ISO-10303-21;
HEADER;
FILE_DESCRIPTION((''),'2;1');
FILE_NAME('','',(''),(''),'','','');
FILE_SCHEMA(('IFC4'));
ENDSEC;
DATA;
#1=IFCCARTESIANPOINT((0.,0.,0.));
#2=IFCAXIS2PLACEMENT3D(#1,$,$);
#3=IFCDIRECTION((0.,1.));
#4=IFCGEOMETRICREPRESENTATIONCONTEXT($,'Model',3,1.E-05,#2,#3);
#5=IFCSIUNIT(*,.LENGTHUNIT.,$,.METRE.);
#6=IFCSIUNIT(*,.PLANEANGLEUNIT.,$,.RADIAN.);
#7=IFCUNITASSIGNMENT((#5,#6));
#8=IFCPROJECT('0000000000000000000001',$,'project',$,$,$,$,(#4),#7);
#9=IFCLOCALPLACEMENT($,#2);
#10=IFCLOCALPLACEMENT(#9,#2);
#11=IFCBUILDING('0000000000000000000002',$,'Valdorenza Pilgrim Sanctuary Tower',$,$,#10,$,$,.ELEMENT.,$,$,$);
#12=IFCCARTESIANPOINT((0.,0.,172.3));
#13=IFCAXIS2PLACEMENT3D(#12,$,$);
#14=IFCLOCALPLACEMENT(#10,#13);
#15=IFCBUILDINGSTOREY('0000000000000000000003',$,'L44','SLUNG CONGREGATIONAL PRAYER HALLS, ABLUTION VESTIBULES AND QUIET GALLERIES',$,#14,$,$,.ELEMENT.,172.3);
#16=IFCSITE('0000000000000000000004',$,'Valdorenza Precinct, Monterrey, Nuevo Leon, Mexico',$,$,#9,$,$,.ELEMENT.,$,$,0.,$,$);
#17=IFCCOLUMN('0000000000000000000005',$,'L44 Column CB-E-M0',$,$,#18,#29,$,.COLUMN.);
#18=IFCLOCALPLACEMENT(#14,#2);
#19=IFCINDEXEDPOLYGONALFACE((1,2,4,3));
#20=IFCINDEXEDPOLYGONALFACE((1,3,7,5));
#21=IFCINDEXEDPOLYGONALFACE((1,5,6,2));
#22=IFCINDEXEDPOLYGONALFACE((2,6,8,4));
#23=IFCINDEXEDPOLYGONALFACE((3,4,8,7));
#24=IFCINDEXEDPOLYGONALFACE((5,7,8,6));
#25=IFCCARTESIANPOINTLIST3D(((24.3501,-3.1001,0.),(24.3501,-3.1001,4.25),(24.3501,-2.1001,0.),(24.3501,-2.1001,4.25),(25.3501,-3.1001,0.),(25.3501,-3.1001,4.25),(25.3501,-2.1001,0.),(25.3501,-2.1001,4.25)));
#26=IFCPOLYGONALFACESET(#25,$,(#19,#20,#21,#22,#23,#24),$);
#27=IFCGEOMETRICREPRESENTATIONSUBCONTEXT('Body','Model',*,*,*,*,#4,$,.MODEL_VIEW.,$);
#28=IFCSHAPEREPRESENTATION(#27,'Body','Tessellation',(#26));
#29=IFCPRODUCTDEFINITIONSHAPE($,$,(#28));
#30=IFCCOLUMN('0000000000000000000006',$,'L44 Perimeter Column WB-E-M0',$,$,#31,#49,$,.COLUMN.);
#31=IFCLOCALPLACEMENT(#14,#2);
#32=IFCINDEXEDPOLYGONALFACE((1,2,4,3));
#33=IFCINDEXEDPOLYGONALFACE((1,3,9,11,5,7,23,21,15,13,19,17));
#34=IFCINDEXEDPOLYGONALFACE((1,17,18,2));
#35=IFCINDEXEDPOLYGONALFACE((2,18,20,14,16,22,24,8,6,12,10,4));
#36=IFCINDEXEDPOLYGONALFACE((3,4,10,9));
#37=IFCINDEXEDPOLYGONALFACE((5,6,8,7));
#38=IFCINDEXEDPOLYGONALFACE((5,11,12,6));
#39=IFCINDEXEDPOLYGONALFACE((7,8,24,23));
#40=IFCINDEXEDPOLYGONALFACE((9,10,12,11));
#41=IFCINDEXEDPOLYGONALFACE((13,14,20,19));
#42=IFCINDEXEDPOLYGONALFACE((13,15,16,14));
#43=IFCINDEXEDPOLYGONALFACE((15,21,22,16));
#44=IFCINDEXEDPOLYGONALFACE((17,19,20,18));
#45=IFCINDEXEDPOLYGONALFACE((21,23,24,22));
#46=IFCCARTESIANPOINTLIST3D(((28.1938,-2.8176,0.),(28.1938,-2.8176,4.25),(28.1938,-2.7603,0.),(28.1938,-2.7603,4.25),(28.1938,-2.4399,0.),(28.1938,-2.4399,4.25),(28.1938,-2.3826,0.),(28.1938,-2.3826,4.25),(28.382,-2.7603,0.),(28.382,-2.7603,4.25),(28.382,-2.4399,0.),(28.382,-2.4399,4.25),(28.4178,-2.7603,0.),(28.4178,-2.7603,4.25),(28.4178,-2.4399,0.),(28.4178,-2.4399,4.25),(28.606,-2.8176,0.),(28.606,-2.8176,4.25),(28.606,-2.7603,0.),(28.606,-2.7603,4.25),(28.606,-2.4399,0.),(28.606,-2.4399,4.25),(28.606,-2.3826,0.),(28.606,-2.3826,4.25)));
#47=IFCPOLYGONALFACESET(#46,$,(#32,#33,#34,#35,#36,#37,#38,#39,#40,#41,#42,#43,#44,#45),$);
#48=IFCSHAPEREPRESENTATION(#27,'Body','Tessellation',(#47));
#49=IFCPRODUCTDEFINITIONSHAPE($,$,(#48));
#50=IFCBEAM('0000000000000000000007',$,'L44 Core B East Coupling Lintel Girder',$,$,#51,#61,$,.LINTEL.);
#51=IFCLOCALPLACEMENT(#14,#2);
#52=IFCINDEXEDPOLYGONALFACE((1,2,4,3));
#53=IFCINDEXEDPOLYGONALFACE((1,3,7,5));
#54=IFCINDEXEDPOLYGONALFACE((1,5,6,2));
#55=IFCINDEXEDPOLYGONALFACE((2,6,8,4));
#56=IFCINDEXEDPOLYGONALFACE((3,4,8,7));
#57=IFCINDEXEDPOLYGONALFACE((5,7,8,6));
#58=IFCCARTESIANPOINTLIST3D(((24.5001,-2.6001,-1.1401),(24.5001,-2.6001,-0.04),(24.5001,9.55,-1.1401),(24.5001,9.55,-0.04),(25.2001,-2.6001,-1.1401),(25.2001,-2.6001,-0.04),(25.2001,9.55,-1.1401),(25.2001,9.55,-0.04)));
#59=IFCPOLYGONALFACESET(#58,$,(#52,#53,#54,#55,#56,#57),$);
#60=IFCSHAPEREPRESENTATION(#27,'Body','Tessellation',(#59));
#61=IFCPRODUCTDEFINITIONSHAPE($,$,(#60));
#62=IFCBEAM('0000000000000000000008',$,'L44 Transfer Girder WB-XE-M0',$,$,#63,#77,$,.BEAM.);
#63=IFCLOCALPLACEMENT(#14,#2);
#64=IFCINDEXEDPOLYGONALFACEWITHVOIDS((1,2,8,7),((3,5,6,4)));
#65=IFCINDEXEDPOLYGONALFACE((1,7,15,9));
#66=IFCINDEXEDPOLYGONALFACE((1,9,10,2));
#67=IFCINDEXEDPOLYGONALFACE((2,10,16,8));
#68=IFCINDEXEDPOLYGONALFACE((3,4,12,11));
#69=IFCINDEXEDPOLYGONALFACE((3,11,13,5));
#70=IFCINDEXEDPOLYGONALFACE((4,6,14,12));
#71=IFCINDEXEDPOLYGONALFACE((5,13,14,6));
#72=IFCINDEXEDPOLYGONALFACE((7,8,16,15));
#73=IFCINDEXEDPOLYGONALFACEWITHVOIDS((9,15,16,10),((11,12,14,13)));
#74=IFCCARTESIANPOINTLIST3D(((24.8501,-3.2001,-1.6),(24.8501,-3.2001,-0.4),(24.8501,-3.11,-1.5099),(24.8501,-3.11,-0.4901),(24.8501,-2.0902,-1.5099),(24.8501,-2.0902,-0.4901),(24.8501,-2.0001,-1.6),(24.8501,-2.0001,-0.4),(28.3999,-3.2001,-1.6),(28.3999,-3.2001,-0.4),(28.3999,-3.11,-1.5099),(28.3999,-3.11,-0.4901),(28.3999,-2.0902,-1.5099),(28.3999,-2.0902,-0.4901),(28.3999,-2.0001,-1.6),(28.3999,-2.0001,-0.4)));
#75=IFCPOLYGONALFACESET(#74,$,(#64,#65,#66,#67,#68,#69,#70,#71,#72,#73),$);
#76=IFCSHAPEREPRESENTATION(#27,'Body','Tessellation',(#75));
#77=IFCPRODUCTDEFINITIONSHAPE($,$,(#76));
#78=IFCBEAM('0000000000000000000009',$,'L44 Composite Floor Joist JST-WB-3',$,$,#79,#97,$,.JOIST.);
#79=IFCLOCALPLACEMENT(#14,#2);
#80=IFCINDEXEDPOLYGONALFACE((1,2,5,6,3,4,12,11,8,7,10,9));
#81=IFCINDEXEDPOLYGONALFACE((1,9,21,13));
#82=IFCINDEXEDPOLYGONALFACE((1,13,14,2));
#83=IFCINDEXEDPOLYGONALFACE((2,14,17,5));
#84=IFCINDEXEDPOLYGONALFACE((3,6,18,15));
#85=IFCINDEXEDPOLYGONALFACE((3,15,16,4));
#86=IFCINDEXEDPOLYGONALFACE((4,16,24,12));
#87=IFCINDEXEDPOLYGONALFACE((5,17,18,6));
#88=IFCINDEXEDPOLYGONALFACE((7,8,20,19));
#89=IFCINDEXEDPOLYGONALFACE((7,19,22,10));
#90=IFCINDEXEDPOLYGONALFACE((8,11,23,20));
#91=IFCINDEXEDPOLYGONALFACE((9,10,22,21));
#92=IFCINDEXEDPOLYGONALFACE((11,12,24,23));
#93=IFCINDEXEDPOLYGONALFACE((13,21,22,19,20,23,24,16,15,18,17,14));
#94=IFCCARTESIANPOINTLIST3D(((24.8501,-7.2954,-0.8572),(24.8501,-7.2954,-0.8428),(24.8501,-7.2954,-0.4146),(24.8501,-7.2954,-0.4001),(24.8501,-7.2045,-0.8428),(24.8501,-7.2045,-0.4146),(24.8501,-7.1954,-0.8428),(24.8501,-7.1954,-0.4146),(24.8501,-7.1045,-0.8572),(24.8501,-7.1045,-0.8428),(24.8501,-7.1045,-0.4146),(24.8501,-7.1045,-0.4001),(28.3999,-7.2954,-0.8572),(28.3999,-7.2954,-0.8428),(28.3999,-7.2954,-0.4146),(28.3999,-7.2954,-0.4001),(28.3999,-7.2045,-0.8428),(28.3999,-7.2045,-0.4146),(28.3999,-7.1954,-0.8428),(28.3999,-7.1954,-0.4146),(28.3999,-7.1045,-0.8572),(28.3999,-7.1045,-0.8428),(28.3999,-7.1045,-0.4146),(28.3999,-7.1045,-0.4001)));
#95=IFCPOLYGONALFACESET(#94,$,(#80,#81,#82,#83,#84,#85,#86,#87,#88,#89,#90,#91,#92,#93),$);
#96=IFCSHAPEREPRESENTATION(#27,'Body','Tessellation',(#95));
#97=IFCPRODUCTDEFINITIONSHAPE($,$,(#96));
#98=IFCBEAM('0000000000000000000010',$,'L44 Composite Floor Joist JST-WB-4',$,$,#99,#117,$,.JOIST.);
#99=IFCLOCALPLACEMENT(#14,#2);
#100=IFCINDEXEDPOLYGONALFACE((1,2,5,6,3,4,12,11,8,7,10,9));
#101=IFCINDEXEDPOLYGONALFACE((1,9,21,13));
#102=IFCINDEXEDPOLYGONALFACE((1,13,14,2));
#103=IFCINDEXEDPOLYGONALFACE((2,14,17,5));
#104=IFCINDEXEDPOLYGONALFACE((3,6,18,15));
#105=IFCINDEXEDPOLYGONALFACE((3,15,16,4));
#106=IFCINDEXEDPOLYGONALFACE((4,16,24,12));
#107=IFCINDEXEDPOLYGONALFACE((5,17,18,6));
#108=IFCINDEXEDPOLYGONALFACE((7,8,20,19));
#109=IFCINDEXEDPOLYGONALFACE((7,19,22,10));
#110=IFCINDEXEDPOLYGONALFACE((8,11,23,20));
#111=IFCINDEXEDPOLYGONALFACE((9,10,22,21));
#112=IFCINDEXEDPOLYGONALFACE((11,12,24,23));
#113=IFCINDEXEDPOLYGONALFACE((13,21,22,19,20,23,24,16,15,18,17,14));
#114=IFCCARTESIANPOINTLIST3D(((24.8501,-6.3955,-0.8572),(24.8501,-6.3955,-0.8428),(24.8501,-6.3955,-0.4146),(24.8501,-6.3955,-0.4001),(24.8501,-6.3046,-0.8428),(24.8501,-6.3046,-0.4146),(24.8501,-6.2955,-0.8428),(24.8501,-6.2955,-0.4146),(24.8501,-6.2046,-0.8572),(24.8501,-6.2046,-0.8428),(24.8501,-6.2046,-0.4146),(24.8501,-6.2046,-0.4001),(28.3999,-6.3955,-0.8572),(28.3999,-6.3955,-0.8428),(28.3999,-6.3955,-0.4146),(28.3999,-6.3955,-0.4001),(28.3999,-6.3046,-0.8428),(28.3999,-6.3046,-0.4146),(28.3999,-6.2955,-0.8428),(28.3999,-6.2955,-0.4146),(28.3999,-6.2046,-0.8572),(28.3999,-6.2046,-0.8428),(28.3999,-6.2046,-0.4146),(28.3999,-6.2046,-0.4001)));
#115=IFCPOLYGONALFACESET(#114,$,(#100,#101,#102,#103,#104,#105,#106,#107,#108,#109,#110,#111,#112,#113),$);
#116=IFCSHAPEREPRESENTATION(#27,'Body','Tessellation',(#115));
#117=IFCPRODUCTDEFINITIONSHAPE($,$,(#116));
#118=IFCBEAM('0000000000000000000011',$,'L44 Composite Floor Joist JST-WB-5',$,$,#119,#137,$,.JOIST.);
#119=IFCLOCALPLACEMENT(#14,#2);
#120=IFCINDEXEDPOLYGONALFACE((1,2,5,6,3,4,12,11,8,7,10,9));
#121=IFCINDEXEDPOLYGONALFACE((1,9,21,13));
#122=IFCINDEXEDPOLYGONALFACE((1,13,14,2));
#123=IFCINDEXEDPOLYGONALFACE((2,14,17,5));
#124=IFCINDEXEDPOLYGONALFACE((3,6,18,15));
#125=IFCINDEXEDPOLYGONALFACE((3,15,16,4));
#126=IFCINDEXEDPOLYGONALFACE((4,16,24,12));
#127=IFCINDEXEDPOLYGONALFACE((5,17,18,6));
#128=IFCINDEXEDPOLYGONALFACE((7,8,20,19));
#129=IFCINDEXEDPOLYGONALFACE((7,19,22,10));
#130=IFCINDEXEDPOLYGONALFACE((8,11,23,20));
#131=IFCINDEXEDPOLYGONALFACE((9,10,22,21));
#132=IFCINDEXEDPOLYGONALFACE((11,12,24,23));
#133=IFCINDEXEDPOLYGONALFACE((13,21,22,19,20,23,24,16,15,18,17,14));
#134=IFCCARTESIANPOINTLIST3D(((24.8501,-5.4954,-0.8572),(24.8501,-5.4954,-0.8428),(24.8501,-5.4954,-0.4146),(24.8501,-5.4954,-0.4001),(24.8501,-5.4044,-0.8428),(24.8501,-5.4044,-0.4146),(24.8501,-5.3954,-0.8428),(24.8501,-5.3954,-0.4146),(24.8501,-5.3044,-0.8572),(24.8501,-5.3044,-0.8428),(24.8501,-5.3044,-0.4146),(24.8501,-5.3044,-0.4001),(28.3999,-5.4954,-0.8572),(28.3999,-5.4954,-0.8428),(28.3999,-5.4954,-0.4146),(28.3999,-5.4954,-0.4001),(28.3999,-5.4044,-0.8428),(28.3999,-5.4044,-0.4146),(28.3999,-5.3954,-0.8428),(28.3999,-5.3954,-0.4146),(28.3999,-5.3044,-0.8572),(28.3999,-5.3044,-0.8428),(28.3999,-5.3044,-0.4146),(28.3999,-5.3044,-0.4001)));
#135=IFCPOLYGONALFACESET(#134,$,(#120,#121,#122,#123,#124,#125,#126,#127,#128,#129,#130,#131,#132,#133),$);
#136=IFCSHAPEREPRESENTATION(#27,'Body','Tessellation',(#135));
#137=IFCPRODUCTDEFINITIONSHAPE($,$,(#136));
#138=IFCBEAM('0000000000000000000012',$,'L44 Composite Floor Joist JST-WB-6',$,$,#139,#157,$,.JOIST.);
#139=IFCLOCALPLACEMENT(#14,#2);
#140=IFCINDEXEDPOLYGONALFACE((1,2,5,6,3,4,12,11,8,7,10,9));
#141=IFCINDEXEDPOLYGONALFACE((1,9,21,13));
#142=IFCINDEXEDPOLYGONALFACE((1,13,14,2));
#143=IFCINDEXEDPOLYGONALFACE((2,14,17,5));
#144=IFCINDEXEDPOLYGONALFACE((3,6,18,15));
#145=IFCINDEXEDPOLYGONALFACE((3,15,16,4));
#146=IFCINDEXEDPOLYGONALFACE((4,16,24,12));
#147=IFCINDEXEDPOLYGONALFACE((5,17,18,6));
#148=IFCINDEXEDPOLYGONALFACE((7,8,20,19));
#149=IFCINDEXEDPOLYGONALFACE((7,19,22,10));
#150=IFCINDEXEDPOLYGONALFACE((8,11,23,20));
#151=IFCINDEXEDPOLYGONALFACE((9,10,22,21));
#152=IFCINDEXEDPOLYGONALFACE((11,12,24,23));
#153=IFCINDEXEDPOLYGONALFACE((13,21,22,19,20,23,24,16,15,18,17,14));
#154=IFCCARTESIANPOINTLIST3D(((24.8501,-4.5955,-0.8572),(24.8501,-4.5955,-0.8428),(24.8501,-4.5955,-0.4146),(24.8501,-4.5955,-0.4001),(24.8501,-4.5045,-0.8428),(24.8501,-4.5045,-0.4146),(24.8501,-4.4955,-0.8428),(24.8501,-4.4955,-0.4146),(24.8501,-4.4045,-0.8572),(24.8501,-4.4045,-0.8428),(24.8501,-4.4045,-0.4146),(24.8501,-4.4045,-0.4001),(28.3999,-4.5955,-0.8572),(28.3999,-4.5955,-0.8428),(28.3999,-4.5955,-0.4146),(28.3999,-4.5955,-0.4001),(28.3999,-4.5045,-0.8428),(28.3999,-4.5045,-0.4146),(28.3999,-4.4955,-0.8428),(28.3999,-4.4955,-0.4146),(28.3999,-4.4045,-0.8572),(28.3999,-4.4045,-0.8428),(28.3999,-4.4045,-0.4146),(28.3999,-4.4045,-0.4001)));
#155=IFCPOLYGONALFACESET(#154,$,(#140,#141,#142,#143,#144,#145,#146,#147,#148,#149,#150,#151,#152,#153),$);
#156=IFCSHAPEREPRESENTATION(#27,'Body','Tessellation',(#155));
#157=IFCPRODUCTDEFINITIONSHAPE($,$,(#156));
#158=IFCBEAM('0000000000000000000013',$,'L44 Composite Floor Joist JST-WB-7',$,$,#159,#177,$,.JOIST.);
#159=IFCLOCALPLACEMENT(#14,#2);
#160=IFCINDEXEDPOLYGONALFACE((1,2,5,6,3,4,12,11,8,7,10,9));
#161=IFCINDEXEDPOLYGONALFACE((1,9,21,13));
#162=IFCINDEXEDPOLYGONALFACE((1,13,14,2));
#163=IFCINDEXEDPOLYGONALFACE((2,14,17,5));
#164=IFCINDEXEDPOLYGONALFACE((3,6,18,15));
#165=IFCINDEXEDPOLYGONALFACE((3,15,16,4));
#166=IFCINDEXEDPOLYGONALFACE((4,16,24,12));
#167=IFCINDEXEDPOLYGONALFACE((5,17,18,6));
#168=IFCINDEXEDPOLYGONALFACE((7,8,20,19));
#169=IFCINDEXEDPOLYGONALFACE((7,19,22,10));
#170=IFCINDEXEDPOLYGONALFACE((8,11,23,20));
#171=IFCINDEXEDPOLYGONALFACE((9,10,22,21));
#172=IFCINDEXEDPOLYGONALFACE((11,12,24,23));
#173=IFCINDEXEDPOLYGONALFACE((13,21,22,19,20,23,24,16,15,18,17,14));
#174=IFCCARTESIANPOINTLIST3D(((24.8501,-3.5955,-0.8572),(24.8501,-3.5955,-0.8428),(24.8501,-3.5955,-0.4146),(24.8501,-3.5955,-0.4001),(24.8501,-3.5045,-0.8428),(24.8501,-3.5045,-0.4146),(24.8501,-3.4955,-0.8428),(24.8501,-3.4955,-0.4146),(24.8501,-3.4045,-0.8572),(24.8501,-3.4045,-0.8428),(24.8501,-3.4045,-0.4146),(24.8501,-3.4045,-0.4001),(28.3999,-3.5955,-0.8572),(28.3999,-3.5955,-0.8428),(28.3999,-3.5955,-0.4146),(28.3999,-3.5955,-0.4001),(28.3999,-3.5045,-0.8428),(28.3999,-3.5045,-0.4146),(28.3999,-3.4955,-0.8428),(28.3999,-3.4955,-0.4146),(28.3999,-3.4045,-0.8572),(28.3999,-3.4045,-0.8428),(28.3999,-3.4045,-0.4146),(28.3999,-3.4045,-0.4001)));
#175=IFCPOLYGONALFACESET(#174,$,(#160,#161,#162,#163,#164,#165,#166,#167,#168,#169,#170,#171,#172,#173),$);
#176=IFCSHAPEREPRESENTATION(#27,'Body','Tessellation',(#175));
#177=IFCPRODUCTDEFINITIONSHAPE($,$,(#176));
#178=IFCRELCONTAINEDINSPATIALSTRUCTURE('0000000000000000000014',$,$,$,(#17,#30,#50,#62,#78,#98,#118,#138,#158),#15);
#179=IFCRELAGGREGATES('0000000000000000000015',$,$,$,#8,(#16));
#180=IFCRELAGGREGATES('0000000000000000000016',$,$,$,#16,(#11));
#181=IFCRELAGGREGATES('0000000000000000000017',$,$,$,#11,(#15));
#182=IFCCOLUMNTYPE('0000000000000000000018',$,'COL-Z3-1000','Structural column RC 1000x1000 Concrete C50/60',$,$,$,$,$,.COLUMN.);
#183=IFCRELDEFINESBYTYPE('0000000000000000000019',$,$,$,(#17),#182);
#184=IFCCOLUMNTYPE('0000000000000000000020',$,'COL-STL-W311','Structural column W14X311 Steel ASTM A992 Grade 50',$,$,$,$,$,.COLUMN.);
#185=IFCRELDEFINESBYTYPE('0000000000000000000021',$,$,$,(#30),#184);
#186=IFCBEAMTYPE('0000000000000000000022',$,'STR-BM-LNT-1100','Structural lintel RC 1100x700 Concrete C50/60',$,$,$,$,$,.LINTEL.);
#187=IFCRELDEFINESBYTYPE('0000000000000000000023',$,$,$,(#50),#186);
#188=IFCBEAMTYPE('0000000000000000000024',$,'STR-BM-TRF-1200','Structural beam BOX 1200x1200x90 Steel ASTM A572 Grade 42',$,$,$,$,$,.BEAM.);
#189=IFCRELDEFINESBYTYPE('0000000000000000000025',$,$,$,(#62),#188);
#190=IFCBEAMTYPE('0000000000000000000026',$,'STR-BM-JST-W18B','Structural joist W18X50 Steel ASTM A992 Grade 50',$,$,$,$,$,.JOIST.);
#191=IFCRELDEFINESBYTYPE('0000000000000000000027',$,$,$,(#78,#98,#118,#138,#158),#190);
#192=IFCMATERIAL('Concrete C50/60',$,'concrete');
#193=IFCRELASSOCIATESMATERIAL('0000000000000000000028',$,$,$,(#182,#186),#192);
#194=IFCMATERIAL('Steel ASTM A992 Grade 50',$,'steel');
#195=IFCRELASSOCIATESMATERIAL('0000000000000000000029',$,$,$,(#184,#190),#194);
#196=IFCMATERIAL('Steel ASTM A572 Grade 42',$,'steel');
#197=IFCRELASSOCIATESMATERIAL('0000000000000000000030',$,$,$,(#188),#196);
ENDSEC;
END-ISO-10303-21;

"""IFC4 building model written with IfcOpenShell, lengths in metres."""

from ifc_helpers import new_model, si_unit, direction, frame, origin, origin_2d, place, context, subcontext, project, spatial, rectangle, hollow_rectangle, i_section, extrude, source, transform, mapped, material, material_profile, profile_set, type_object, element, save


model = new_model("IFC4")

# Units and contexts
model_context = context("Model", 3, precision=1e-05, world=origin(), true_north=direction((0.0, 1.0)))
body_context = subcontext(model_context, "Body", "Model", "MODEL_VIEW")
ifc_project = project(units=[si_unit("LENGTHUNIT", "METRE"), si_unit("PLANEANGLEUNIT", "RADIAN")], contexts=[model_context])

# Site, building, storey
site_placement = place(None, origin())
site = spatial("IfcSite", under=ifc_project, at=site_placement, Name="Valdorenza Precinct, Monterrey, Nuevo Leon, Mexico", CompositionType="ELEMENT", RefElevation=0.0)
building_placement = place(site_placement, origin())
building = spatial("IfcBuilding", under=site, at=building_placement, Name="Valdorenza Pilgrim Sanctuary Tower", CompositionType="ELEMENT")
storey_placement = place(building_placement, frame((0.0, 0.0, 172.3)))
storey = spatial("IfcBuildingStorey", under=building, at=storey_placement, Name="L44", Description="SLUNG CONGREGATIONAL PRAYER HALLS, ABLUTION VESTIBULES AND QUIET GALLERIES", CompositionType="ELEMENT", Elevation=172.3)

# Columns
ifc_material_1 = material(Name="Concrete C50/60", Category="concrete")
ifc_material_profile_1 = material_profile(ifc_material_1, rectangle(XDim=1.0, YDim=1.0, at=origin_2d()), Name="RC 1000x1000")
ifc_profile_set_1 = profile_set([ifc_material_profile_1], Name="Concrete C50/60")
column_type_1 = type_object("IfcColumnType", Name="COL-Z3-1000", Description="Structural column RC 1000x1000 Concrete C50/60", PredefinedType="COLUMN", material=ifc_profile_set_1)
shared_shape_1 = source(origin(), body_context, "Body", "SweptSolid", [
    extrude(rectangle(XDim=1.0, YDim=1.0, at=origin_2d()), origin(), (0.0, 0.0, 1.0), 4.25),
])
column_1_placement = place(storey_placement, frame((24.8501, -2.6001, 0.0), z_axis=(0.0, 0.0, 1.0), x_axis=(1.0, 0.0, 0.0)))
element("IfcColumn", 1, at=column_1_placement, inside=storey, type_object=column_type_1, Name="L44 Column CB-E-M0", PredefinedType="COLUMN", context=body_context, shape_type="MappedRepresentation", body=[
    mapped(shared_shape_1, transform((0.0, 0.0, 0.0), x_axis=(1.0, 0.0, 0.0), y_axis=(0.0, 1.0, 0.0), z_axis=(0.0, 0.0, 1.0), scale=1.0)),
])
ifc_material_2 = material(Name="Steel ASTM A992 Grade 50", Category="steel")
ifc_material_profile_2 = material_profile(ifc_material_2, i_section(OverallWidth=0.4121, OverallDepth=0.4351, WebThickness=0.0359, FlangeThickness=0.0574, at=origin_2d()), Name="W14X311")
ifc_profile_set_2 = profile_set([ifc_material_profile_2], Name="Steel ASTM A992 Grade 50")
column_type_2 = type_object("IfcColumnType", Name="COL-STL-W311", Description="Structural column W14X311 Steel ASTM A992 Grade 50", PredefinedType="COLUMN", material=ifc_profile_set_2)
shared_shape_2 = source(origin(), body_context, "Body", "SweptSolid", [
    extrude(i_section(OverallWidth=0.4121, OverallDepth=0.4351, WebThickness=0.0359, FlangeThickness=0.0574, at=origin_2d()), origin(), (0.0, 0.0, 1.0), 4.25),
])
column_2_placement = place(storey_placement, frame((28.3999, -2.6001, 0.0), z_axis=(0.0, 0.0, 1.0), x_axis=(1.0, 0.0, 0.0)))
element("IfcColumn", 2, at=column_2_placement, inside=storey, type_object=column_type_2, Name="L44 Perimeter Column WB-E-M0", PredefinedType="COLUMN", context=body_context, shape_type="MappedRepresentation", body=[
    mapped(shared_shape_2, transform((0.0, 0.0, 0.0), x_axis=(1.0, 0.0, 0.0), y_axis=(0.0, 1.0, 0.0), z_axis=(0.0, 0.0, 1.0), scale=1.0)),
])

# Beams
ifc_material_profile_3 = material_profile(ifc_material_1, rectangle(XDim=0.7, YDim=1.1001, at=origin_2d()), Name="RC 1100x700")
ifc_profile_set_3 = profile_set([ifc_material_profile_3], Name="Concrete C50/60")
beam_type_1 = type_object("IfcBeamType", Name="STR-BM-LNT-1100", Description="Structural lintel RC 1100x700 Concrete C50/60", PredefinedType="LINTEL", material=ifc_profile_set_3)
shared_shape_3 = source(origin(), body_context, "Body", "SweptSolid", [
    extrude(rectangle(XDim=0.7, YDim=1.1001, at=origin_2d()), origin(), (0.0, 0.0, 1.0), 12.1501),
])
beam_1_placement = place(storey_placement, frame((24.8501, -2.6001, -0.5901), z_axis=(0.0, 1.0, 0.0), x_axis=(-1.0, 0.0, 0.0)))
element("IfcBeam", 3, at=beam_1_placement, inside=storey, type_object=beam_type_1, Name="L44 Core B East Coupling Lintel Girder", PredefinedType="LINTEL", context=body_context, shape_type="MappedRepresentation", body=[
    mapped(shared_shape_3, transform((0.0, 0.0, 0.0), x_axis=(1.0, 0.0, 0.0), y_axis=(0.0, 1.0, 0.0), z_axis=(0.0, 0.0, 1.0), scale=1.0)),
])
ifc_material_3 = material(Name="Steel ASTM A572 Grade 42", Category="steel")
ifc_material_profile_4 = material_profile(ifc_material_3, hollow_rectangle(XDim=1.2, YDim=1.2, WallThickness=0.0901, at=origin_2d()), Name="BOX 1200x1200x90")
ifc_profile_set_4 = profile_set([ifc_material_profile_4], Name="Steel ASTM A572 Grade 42")
beam_type_2 = type_object("IfcBeamType", Name="STR-BM-TRF-1200", Description="Structural beam BOX 1200x1200x90 Steel ASTM A572 Grade 42", PredefinedType="BEAM", material=ifc_profile_set_4)
shared_shape_4 = source(origin(), body_context, "Body", "SweptSolid", [
    extrude(hollow_rectangle(XDim=1.2, YDim=1.2, WallThickness=0.0901, at=origin_2d()), origin(), (0.0, 0.0, 1.0), 3.5498),
])
beam_2_placement = place(storey_placement, frame((24.8501, -2.6001, -1.0), z_axis=(1.0, 0.0, 0.0), x_axis=(0.0, 1.0, 0.0)))
element("IfcBeam", 4, at=beam_2_placement, inside=storey, type_object=beam_type_2, Name="L44 Transfer Girder WB-XE-M0", PredefinedType="BEAM", context=body_context, shape_type="MappedRepresentation", body=[
    mapped(shared_shape_4, transform((0.0, 0.0, 0.0), x_axis=(1.0, 0.0, 0.0), y_axis=(0.0, 1.0, 0.0), z_axis=(0.0, 0.0, 1.0), scale=1.0)),
])
ifc_material_profile_5 = material_profile(ifc_material_2, i_section(OverallWidth=0.1909, OverallDepth=0.457, WebThickness=0.009, FlangeThickness=0.0144, at=origin_2d()), Name="W18X50")
ifc_profile_set_5 = profile_set([ifc_material_profile_5], Name="Steel ASTM A992 Grade 50")
beam_type_3 = type_object("IfcBeamType", Name="STR-BM-JST-W18B", Description="Structural joist W18X50 Steel ASTM A992 Grade 50", PredefinedType="JOIST", material=ifc_profile_set_5)
shared_shape_5 = source(origin(), body_context, "Body", "SweptSolid", [
    extrude(i_section(OverallWidth=0.1909, OverallDepth=0.457, WebThickness=0.009, FlangeThickness=0.0144, at=origin_2d()), origin(), (0.0, 0.0, 1.0), 3.5498),
])
for number, where, z_axis, x_axis, name in (
    (5, (24.8501, -7.2, -0.6287), (1.0, 0.0, 0.0), (0.0, 1.0, 0.0), "L44 Composite Floor Joist JST-WB-3"),
    (6, (24.8501, -6.3, -0.6287), (1.0, 0.0, 0.0), (0.0, 1.0, 0.0), "L44 Composite Floor Joist JST-WB-4"),
    (7, (24.8501, -5.3999, -0.6287), (1.0, 0.0, 0.0), (0.0, 1.0, 0.0), "L44 Composite Floor Joist JST-WB-5"),
    (8, (24.8501, -4.5, -0.6287), (1.0, 0.0, 0.0), (0.0, 1.0, 0.0), "L44 Composite Floor Joist JST-WB-6"),
    (9, (24.8501, -3.5, -0.6287), (1.0, 0.0, 0.0), (0.0, 1.0, 0.0), "L44 Composite Floor Joist JST-WB-7"),
):
    element("IfcBeam", number, at=place(storey_placement, frame(where, z_axis=z_axis, x_axis=x_axis)), inside=storey, type_object=beam_type_3, Name=name, PredefinedType="JOIST", context=body_context, shape_type="MappedRepresentation", body=[
        mapped(shared_shape_5, transform((0.0, 0.0, 0.0), x_axis=(1.0, 0.0, 0.0), y_axis=(0.0, 1.0, 0.0), z_axis=(0.0, 0.0, 1.0), scale=1.0)),
    ])

save(model, "model.ifc")
